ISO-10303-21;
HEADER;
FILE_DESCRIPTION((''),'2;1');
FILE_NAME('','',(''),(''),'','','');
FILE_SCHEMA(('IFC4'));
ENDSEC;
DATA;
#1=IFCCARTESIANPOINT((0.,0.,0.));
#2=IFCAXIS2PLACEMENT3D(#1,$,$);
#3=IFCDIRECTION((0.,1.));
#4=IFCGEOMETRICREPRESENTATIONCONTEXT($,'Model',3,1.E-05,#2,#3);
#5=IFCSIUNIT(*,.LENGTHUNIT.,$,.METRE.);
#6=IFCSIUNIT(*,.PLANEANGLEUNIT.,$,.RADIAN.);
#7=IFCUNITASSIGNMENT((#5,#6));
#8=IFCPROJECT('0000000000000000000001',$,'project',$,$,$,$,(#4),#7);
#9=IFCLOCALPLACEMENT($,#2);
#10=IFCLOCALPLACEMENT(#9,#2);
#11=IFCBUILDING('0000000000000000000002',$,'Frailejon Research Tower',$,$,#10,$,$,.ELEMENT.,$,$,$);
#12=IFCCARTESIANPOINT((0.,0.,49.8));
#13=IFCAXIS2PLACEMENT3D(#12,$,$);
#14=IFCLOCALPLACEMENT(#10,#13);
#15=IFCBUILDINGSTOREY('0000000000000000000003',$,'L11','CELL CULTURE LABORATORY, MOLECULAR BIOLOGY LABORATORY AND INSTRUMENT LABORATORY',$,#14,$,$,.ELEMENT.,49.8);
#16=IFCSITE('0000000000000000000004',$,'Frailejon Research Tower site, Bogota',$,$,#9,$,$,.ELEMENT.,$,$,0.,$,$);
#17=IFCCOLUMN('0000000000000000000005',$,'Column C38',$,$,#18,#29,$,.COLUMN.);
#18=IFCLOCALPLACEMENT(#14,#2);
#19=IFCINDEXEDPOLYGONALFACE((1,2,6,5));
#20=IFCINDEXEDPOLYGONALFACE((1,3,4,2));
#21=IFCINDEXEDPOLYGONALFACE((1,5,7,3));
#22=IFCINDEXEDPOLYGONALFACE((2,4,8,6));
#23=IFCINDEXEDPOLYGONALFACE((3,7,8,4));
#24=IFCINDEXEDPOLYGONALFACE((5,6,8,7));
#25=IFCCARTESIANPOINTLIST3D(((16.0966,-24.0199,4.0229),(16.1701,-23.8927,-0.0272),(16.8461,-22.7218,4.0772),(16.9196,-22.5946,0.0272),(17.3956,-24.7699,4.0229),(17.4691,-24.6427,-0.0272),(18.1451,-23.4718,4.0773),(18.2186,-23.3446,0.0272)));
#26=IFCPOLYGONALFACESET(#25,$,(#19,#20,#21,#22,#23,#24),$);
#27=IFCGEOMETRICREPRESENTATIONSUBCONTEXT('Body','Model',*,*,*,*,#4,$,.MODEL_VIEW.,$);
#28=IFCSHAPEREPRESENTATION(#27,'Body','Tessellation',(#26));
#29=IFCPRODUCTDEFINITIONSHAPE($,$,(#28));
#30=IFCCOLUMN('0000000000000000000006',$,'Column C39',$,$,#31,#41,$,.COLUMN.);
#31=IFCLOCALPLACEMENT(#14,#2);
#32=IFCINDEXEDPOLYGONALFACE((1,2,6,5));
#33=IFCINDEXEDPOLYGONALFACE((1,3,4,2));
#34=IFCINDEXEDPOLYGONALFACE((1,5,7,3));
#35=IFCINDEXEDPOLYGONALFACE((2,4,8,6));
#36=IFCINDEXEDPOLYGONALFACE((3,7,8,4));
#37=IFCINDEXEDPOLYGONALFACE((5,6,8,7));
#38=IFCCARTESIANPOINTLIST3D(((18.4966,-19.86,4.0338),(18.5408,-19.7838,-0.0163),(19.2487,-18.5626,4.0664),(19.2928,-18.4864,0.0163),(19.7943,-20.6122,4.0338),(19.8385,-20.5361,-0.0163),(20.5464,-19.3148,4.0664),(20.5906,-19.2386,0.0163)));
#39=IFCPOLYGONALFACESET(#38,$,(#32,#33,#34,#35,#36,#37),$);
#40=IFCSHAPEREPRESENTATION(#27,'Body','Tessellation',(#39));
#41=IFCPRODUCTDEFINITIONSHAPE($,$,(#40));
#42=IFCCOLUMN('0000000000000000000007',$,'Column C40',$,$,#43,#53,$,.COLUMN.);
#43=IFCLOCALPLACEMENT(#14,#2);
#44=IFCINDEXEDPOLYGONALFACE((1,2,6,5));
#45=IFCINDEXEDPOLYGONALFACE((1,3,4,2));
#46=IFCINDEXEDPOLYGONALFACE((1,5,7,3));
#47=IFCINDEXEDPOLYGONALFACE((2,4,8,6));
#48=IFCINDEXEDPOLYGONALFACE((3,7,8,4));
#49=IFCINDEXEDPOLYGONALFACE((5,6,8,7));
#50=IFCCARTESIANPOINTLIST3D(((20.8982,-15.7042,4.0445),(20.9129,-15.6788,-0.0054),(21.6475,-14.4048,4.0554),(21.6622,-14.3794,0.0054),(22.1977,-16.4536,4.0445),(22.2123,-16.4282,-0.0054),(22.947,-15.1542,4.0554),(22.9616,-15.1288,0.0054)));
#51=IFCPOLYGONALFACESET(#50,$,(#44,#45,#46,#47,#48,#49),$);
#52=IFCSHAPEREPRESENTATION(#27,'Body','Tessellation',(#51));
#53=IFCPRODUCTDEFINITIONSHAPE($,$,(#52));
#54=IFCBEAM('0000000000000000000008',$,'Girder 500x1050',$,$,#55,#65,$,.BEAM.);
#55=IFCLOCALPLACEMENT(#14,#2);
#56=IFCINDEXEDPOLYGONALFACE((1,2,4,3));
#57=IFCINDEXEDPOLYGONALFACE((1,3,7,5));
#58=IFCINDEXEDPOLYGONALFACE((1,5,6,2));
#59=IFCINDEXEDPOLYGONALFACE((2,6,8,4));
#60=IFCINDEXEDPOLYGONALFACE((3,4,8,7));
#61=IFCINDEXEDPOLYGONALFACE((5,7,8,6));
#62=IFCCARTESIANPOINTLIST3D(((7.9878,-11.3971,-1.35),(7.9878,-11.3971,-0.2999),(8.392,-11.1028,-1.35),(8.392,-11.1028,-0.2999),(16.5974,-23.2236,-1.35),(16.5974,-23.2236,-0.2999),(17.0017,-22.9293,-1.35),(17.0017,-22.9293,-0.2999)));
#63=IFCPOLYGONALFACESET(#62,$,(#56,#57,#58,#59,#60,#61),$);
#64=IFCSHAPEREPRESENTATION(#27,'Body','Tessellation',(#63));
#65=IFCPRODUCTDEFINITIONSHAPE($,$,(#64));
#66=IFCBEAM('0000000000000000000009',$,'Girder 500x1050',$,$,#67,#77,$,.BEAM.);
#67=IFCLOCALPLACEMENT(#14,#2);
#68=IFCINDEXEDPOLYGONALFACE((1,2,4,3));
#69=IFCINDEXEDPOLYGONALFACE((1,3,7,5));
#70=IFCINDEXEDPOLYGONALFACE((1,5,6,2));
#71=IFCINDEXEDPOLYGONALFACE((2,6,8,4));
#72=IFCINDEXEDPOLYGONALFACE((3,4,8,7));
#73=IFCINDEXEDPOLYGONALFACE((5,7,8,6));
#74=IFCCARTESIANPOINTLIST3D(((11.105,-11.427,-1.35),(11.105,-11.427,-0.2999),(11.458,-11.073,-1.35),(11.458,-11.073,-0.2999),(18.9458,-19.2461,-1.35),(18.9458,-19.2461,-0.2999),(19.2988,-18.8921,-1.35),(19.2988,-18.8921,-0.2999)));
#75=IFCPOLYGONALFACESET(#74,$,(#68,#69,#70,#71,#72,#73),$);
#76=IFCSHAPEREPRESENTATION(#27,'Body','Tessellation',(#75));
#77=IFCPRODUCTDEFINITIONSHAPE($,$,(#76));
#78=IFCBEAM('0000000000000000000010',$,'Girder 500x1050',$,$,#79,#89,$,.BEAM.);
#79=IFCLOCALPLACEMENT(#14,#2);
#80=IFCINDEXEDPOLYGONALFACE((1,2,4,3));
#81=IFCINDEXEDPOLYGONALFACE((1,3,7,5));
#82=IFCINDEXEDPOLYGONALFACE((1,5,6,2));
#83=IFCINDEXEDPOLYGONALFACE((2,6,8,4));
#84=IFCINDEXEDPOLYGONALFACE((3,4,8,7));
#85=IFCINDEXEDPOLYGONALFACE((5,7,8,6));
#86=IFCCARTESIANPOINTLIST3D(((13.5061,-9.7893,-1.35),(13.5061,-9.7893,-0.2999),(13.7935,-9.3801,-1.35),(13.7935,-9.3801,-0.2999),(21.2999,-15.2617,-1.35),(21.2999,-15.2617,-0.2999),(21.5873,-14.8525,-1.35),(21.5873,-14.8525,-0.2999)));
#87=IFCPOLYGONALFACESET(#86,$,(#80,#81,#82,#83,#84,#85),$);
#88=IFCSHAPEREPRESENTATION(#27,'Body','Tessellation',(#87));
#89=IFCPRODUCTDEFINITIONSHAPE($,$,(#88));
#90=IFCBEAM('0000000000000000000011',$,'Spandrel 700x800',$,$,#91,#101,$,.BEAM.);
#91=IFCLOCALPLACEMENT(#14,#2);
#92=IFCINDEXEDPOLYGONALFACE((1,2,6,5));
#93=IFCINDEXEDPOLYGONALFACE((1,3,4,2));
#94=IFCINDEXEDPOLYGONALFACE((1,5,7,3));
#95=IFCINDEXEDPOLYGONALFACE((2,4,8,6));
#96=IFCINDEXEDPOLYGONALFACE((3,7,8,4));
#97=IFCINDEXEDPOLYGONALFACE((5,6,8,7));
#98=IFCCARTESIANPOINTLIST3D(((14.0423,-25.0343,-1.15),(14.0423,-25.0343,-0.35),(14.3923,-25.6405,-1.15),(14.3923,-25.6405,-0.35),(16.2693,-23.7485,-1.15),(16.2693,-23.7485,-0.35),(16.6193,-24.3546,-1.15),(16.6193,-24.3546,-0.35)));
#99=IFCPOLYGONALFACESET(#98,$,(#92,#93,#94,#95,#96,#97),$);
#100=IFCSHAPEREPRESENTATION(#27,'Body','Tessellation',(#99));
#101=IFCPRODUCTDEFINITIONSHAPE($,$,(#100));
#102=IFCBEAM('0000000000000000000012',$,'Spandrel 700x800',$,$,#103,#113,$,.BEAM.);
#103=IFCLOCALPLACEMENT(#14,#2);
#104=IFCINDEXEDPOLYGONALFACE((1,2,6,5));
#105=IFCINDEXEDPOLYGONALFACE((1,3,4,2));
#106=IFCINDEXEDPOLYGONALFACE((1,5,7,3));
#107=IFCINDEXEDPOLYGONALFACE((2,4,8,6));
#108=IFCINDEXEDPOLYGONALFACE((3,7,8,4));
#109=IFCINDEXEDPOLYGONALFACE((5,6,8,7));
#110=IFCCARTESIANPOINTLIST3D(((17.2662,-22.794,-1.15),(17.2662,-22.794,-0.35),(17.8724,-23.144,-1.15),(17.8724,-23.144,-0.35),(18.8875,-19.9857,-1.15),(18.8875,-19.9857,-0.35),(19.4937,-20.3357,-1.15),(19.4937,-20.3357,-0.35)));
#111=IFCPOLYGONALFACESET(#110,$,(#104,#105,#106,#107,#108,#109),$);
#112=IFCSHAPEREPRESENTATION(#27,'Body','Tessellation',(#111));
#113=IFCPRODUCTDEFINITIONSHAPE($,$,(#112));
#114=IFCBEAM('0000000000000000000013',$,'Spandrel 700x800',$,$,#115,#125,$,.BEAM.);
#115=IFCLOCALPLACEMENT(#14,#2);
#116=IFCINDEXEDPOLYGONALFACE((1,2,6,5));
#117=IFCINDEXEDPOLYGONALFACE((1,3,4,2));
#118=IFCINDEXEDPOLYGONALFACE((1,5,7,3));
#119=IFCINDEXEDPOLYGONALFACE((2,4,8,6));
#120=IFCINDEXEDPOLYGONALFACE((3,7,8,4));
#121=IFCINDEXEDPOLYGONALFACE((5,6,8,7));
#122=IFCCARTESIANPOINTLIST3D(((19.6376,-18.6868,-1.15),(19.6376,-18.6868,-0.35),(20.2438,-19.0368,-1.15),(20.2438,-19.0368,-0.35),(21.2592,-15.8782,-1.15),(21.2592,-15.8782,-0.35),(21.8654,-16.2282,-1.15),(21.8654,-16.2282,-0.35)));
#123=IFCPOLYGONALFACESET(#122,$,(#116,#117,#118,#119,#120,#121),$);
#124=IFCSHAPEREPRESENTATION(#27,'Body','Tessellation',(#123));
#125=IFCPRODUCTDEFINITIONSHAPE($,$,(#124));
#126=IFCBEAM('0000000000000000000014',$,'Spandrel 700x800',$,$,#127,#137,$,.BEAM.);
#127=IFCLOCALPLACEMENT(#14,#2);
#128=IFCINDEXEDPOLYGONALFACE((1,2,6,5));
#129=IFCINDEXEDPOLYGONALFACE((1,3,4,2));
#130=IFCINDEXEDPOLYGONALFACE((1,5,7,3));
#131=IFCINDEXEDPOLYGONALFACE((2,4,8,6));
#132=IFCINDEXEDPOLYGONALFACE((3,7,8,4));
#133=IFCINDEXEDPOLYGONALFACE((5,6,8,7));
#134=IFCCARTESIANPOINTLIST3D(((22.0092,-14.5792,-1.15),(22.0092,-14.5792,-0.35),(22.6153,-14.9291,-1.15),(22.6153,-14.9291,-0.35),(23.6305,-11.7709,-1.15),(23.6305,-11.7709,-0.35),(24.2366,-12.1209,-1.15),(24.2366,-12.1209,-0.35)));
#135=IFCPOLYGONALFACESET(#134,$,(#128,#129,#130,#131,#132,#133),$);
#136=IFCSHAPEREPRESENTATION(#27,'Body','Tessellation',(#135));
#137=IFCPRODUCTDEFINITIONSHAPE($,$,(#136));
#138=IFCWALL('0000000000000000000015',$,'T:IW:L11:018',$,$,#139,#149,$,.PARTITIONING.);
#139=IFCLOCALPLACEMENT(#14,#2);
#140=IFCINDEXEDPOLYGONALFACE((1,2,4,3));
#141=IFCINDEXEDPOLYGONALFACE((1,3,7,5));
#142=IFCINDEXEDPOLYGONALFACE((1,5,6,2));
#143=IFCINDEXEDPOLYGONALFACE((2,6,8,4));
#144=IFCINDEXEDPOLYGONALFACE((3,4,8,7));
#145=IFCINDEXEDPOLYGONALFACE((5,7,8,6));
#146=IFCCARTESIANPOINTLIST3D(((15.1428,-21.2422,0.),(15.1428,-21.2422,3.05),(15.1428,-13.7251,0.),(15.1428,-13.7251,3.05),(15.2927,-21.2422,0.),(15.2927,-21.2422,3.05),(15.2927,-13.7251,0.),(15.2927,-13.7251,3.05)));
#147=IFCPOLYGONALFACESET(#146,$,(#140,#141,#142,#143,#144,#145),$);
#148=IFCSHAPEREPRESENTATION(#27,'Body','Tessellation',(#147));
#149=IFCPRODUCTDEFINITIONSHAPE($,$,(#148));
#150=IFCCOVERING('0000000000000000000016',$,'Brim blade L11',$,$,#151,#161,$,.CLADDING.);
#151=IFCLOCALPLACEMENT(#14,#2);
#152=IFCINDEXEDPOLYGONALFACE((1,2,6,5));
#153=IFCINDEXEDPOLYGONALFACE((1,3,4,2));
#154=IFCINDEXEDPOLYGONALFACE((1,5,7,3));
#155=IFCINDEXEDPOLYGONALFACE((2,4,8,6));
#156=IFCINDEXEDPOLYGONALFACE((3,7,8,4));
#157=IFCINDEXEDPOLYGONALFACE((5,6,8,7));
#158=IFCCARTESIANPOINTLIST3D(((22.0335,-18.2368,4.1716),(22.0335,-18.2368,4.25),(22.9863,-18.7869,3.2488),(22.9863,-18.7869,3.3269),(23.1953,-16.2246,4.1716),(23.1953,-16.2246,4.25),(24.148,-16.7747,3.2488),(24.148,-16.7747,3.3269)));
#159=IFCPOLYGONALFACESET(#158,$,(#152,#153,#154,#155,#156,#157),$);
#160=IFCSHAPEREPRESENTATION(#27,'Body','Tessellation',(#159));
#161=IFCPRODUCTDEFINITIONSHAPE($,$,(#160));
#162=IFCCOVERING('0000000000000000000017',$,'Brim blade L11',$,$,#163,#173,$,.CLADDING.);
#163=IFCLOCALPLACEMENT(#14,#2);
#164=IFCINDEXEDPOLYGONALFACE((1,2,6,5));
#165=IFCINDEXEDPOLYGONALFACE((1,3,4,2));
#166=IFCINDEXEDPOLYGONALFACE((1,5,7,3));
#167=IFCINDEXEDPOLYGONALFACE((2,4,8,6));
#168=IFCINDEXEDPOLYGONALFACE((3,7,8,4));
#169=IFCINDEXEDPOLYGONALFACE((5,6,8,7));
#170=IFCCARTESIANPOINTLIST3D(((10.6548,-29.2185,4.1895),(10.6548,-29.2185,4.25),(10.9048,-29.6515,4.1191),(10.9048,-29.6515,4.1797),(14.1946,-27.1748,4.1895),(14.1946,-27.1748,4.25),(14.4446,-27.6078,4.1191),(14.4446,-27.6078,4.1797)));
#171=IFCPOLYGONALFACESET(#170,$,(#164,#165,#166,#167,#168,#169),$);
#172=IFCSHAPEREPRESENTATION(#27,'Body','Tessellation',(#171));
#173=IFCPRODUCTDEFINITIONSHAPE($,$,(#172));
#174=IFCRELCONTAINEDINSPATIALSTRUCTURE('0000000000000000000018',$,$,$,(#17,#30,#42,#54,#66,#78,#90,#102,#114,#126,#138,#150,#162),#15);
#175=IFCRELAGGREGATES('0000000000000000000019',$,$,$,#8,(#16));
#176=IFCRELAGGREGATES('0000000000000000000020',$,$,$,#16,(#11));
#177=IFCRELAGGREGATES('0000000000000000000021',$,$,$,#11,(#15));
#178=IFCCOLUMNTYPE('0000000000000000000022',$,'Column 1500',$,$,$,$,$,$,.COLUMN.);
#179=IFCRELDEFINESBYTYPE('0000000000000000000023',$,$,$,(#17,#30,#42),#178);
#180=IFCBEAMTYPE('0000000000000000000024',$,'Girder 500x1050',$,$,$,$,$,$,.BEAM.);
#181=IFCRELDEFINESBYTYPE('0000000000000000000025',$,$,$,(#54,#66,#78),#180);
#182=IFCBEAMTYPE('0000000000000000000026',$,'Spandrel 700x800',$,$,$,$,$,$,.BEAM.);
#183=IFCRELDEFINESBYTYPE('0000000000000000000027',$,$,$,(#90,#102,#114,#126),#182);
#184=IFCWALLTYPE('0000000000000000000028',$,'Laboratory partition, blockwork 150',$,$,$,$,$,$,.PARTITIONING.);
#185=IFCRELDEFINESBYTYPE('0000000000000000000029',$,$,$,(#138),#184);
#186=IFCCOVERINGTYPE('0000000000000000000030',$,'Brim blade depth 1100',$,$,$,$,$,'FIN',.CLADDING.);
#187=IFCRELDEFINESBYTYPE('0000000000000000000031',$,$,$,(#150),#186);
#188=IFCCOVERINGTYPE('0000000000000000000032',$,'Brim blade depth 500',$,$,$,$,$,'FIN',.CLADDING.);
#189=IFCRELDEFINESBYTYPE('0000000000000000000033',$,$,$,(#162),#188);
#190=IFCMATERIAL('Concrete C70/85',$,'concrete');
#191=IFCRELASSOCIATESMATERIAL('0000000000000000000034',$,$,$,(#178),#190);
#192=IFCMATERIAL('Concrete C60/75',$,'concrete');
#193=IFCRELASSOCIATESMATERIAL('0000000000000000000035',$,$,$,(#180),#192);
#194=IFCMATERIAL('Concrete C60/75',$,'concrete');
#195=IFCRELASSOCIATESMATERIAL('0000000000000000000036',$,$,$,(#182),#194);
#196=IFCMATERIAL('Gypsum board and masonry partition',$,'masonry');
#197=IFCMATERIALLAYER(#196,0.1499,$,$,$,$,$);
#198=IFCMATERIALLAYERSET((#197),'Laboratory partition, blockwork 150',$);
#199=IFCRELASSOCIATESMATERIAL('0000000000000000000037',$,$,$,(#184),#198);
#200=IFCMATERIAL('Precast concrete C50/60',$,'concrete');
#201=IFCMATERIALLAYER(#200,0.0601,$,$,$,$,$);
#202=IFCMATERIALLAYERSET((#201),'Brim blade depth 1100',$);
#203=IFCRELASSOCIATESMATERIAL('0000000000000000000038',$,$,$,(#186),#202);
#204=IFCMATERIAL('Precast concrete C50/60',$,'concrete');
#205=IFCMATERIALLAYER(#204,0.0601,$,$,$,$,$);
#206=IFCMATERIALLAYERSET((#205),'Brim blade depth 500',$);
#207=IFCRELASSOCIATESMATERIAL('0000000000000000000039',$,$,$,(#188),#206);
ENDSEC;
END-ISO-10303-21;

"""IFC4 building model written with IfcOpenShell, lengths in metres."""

from ifc_helpers import new_model, si_unit, direction, frame, frame_2d, origin, origin_2d, place, context, subcontext, project, spatial, polyline, rectangle, outline, extrude, material, layer, layer_set, material_profile, profile_set, type_object, element, save


model = new_model("IFC4")

# Units and contexts
model_context = context("Model", 3, precision=1e-05, world=origin(), true_north=direction((0.0, 1.0)))
body_context = subcontext(model_context, "Body", "Model", "MODEL_VIEW")
ifc_project = project(units=[si_unit("LENGTHUNIT", "METRE"), si_unit("PLANEANGLEUNIT", "RADIAN")], contexts=[model_context])

# Site, building, storey
site_placement = place(None, origin())
site = spatial("IfcSite", under=ifc_project, at=site_placement, Name="Frailejon Research Tower site, Bogota", CompositionType="ELEMENT", RefElevation=0.0)
building_placement = place(site_placement, origin())
building = spatial("IfcBuilding", under=site, at=building_placement, Name="Frailejon Research Tower", CompositionType="ELEMENT")
storey_placement = place(building_placement, frame((0.0, 0.0, 49.8)))
storey = spatial("IfcBuildingStorey", under=building, at=storey_placement, Name="L11", Description="CELL CULTURE LABORATORY, MOLECULAR BIOLOGY LABORATORY AND INSTRUMENT LABORATORY", CompositionType="ELEMENT", Elevation=49.8)

# Columns
ifc_material_1 = material(Name="Concrete C70/85", Category="concrete")
ifc_material_profile_1 = material_profile(ifc_material_1, rectangle(XDim=1.5, YDim=1.5, at=origin_2d()), Name="Column 1500")
ifc_profile_set_1 = profile_set([ifc_material_profile_1], Name="Concrete C70/85")
column_type = type_object("IfcColumnType", Name="Column 1500", PredefinedType="COLUMN", material=ifc_profile_set_1)
column_1_placement = place(storey_placement, frame((17.1943, -23.6187, 0.0), z_axis=(-0.018133, -0.031386, 0.999343), x_axis=(0.499675, 0.865454, 0.036247)))
element("IfcColumn", 1, at=column_1_placement, inside=storey, type_object=column_type, Name="Column C38", PredefinedType="COLUMN", context=body_context, shape_type="SweptSolid", body=[
    extrude(rectangle(XDim=1.5, YDim=1.5, at=origin_2d()), origin(), (0.0, 0.0, 1.0), 4.0527),
])
column_2_placement = place(storey_placement, frame((19.5657, -19.5112, 0.0), z_axis=(-0.010908, -0.018803, 0.999764), x_axis=(0.501388, 0.864949, 0.021738)))
element("IfcColumn", 2, at=column_2_placement, inside=storey, type_object=column_type, Name="Column C39", PredefinedType="COLUMN", context=body_context, shape_type="SweptSolid", body=[
    extrude(rectangle(XDim=1.5, YDim=1.5, at=origin_2d()), origin(), (0.0, 0.0, 1.0), 4.051),
])
column_3_placement = place(storey_placement, frame((21.9373, -15.4038, 0.0), z_axis=(-0.003617, -0.006269, 0.999974), x_axis=(0.499536, 0.866263, 0.007238)))
element("IfcColumn", 3, at=column_3_placement, inside=storey, type_object=column_type, Name="Column C40", PredefinedType="COLUMN", context=body_context, shape_type="SweptSolid", body=[
    extrude(rectangle(XDim=1.5, YDim=1.5, at=origin_2d()), origin(), (0.0, 0.0, 1.0), 4.05),
])

# Beams
ifc_material_2 = material(Name="Concrete C60/75", Category="concrete")
ifc_material_profile_2 = material_profile(ifc_material_2, rectangle(XDim=0.5, YDim=1.05, at=origin_2d()), Name="Girder 500x1050")
ifc_profile_set_2 = profile_set([ifc_material_profile_2], Name="Concrete C60/75")
beam_type_1 = type_object("IfcBeamType", Name="Girder 500x1050", PredefinedType="BEAM", material=ifc_profile_set_2)
beam_1_placement = place(storey_placement, frame((16.7996, -23.0764, -0.825), z_axis=(-0.588556, 0.808457, 0.0), x_axis=(-0.808457, -0.588556, 0.0)))
element("IfcBeam", 4, at=beam_1_placement, inside=storey, type_object=beam_type_1, Name="Girder 500x1050", PredefinedType="BEAM", context=body_context, shape_type="SweptSolid", body=[
    extrude(rectangle(XDim=0.5, YDim=1.05, at=origin_2d()), origin(), (0.0, 0.0, 1.0), 14.6284),
])
beam_2_placement = place(storey_placement, frame((19.1223, -19.0691, -0.825), z_axis=(-0.708087, 0.706125, 0.0), x_axis=(-0.706125, -0.708087, 0.0)))
element("IfcBeam", 5, at=beam_2_placement, inside=storey, type_object=beam_type_1, Name="Girder 500x1050", PredefinedType="BEAM", context=body_context, shape_type="SweptSolid", body=[
    extrude(rectangle(XDim=0.5, YDim=1.05, at=origin_2d()), origin(), (0.0, 0.0, 1.0), 11.0732),
])
beam_3_placement = place(storey_placement, frame((21.4436, -15.0571, -0.825), z_axis=(-0.818401, 0.574647, 0.0), x_axis=(-0.574647, -0.818401, 0.0)))
element("IfcBeam", 6, at=beam_3_placement, inside=storey, type_object=beam_type_1, Name="Girder 500x1050", PredefinedType="BEAM", context=body_context, shape_type="SweptSolid", body=[
    extrude(rectangle(XDim=0.5, YDim=1.05, at=origin_2d()), origin(), (0.0, 0.0, 1.0), 9.5232),
])
ifc_material_3 = material(Name="Concrete C60/75", Category="concrete")
ifc_material_profile_3 = material_profile(ifc_material_3, rectangle(XDim=0.7, YDim=0.8, at=origin_2d()), Name="Spandrel 700x800")
ifc_profile_set_3 = profile_set([ifc_material_profile_3], Name="Concrete C60/75")
beam_type_2 = type_object("IfcBeamType", Name="Spandrel 700x800", PredefinedType="BEAM", material=ifc_profile_set_3)
beam_4_placement = place(storey_placement, frame((14.2173, -25.3374, -0.75), z_axis=(0.866009, 0.500029, 0.0), x_axis=(-0.500029, 0.866009, 0.0)))
element("IfcBeam", 7, at=beam_4_placement, inside=storey, type_object=beam_type_2, Name="Spandrel 700x800", PredefinedType="BEAM", context=body_context, shape_type="SweptSolid", body=[
    extrude(rectangle(XDim=0.7, YDim=0.8, at=origin_2d()), origin(), (0.0, 0.0, 1.0), 2.5715),
])
beam_5_placement = place(storey_placement, frame((17.5693, -22.969, -0.75), z_axis=(0.499985, 0.866034, 0.0), x_axis=(-0.866034, 0.499985, 0.0)))
element("IfcBeam", 8, at=beam_5_placement, inside=storey, type_object=beam_type_2, Name="Spandrel 700x800", PredefinedType="BEAM", context=body_context, shape_type="SweptSolid", body=[
    extrude(rectangle(XDim=0.7, YDim=0.8, at=origin_2d()), origin(), (0.0, 0.0, 1.0), 3.2427),
])
beam_6_placement = place(storey_placement, frame((19.9407, -18.8618, -0.75), z_axis=(0.500009, 0.86602, 0.0), x_axis=(-0.86602, 0.500009, 0.0)))
element("IfcBeam", 9, at=beam_6_placement, inside=storey, type_object=beam_type_2, Name="Spandrel 700x800", PredefinedType="BEAM", context=body_context, shape_type="SweptSolid", body=[
    extrude(rectangle(XDim=0.7, YDim=0.8, at=origin_2d()), origin(), (0.0, 0.0, 1.0), 3.2432),
])
beam_7_placement = place(storey_placement, frame((22.3123, -14.7542, -0.75), z_axis=(0.499985, 0.866034, 0.0), x_axis=(-0.866034, 0.499985, 0.0)))
element("IfcBeam", 10, at=beam_7_placement, inside=storey, type_object=beam_type_2, Name="Spandrel 700x800", PredefinedType="BEAM", context=body_context, shape_type="SweptSolid", body=[
    extrude(rectangle(XDim=0.7, YDim=0.8, at=origin_2d()), origin(), (0.0, 0.0, 1.0), 3.2427),
])

# Wall
ifc_material_4 = material(Name="Gypsum board and masonry partition", Category="masonry")
ifc_layer_1 = layer(ifc_material_4, 0.1499)
ifc_layer_set_1 = layer_set([ifc_layer_1], Name="Laboratory partition, blockwork 150")
wall_type_1 = type_object("IfcWallType", Name="Laboratory partition, blockwork 150", PredefinedType="PARTITIONING", material=ifc_layer_set_1)
wall_1_placement = place(storey_placement, frame((15.2178, -21.2422, 0.0), z_axis=(0.0, 0.0, 1.0), x_axis=(0.0, 1.0, 0.0)))
element("IfcWall", 11, at=wall_1_placement, inside=storey, type_object=wall_type_1, Name="T:IW:L11:018", PredefinedType="PARTITIONING", context=body_context, shape_type="SweptSolid", body=[
    extrude(rectangle(XDim=7.5171, YDim=0.1499, at=frame_2d((3.7585, 0.0))), origin(), (0.0, 0.0, 1.0), 3.05),
])

# Coverings
ifc_material_5 = material(Name="Precast concrete C50/60", Category="concrete")
ifc_layer_2 = layer(ifc_material_5, 0.0601)
ifc_layer_set_2 = layer_set([ifc_layer_2], Name="Brim blade depth 1100")
covering_type_1 = type_object("IfcCoveringType", Name="Brim blade depth 1100", ElementType="FIN", PredefinedType="CLADDING", material=ifc_layer_set_2)
covering_1_placement = place(storey_placement, frame((23.1953, -16.2246, 4.25), z_axis=(-0.50001, -0.86602, 0.0), x_axis=(0.86602, -0.50001, 0.0)))
element("IfcCovering", 12, at=covering_1_placement, inside=storey, type_object=covering_type_1, Name="Brim blade L11", PredefinedType="CLADDING", context=body_context, shape_type="SweptSolid", body=[
    extrude(outline(polyline([(0.0, -0.0784), (1.1001, -1.0012), (1.1001, -0.9231), (0.0, 0.0), (0.0, -0.0784)])), origin(), (0.0, 0.0, 1.0), 2.3235),
])
ifc_material_6 = material(Name="Precast concrete C50/60", Category="concrete")
ifc_layer_3 = layer(ifc_material_6, 0.0601)
ifc_layer_set_3 = layer_set([ifc_layer_3], Name="Brim blade depth 500")
covering_type_2 = type_object("IfcCoveringType", Name="Brim blade depth 500", ElementType="FIN", PredefinedType="CLADDING", material=ifc_layer_set_3)
covering_2_placement = place(storey_placement, frame((14.1946, -27.1748, 4.25), z_axis=(-0.866021, -0.500007, 0.0), x_axis=(0.500007, -0.866021, 0.0)))
element("IfcCovering", 13, at=covering_2_placement, inside=storey, type_object=covering_type_2, Name="Brim blade L11", PredefinedType="CLADDING", context=body_context, shape_type="SweptSolid", body=[
    extrude(outline(polyline([(0.0, -0.0605), (0.5, -0.1309), (0.5, -0.0703), (0.0, 0.0), (0.0, -0.0605)])), origin(), (0.0, 0.0, 1.0), 4.0874),
])

save(model, "model.ifc")
